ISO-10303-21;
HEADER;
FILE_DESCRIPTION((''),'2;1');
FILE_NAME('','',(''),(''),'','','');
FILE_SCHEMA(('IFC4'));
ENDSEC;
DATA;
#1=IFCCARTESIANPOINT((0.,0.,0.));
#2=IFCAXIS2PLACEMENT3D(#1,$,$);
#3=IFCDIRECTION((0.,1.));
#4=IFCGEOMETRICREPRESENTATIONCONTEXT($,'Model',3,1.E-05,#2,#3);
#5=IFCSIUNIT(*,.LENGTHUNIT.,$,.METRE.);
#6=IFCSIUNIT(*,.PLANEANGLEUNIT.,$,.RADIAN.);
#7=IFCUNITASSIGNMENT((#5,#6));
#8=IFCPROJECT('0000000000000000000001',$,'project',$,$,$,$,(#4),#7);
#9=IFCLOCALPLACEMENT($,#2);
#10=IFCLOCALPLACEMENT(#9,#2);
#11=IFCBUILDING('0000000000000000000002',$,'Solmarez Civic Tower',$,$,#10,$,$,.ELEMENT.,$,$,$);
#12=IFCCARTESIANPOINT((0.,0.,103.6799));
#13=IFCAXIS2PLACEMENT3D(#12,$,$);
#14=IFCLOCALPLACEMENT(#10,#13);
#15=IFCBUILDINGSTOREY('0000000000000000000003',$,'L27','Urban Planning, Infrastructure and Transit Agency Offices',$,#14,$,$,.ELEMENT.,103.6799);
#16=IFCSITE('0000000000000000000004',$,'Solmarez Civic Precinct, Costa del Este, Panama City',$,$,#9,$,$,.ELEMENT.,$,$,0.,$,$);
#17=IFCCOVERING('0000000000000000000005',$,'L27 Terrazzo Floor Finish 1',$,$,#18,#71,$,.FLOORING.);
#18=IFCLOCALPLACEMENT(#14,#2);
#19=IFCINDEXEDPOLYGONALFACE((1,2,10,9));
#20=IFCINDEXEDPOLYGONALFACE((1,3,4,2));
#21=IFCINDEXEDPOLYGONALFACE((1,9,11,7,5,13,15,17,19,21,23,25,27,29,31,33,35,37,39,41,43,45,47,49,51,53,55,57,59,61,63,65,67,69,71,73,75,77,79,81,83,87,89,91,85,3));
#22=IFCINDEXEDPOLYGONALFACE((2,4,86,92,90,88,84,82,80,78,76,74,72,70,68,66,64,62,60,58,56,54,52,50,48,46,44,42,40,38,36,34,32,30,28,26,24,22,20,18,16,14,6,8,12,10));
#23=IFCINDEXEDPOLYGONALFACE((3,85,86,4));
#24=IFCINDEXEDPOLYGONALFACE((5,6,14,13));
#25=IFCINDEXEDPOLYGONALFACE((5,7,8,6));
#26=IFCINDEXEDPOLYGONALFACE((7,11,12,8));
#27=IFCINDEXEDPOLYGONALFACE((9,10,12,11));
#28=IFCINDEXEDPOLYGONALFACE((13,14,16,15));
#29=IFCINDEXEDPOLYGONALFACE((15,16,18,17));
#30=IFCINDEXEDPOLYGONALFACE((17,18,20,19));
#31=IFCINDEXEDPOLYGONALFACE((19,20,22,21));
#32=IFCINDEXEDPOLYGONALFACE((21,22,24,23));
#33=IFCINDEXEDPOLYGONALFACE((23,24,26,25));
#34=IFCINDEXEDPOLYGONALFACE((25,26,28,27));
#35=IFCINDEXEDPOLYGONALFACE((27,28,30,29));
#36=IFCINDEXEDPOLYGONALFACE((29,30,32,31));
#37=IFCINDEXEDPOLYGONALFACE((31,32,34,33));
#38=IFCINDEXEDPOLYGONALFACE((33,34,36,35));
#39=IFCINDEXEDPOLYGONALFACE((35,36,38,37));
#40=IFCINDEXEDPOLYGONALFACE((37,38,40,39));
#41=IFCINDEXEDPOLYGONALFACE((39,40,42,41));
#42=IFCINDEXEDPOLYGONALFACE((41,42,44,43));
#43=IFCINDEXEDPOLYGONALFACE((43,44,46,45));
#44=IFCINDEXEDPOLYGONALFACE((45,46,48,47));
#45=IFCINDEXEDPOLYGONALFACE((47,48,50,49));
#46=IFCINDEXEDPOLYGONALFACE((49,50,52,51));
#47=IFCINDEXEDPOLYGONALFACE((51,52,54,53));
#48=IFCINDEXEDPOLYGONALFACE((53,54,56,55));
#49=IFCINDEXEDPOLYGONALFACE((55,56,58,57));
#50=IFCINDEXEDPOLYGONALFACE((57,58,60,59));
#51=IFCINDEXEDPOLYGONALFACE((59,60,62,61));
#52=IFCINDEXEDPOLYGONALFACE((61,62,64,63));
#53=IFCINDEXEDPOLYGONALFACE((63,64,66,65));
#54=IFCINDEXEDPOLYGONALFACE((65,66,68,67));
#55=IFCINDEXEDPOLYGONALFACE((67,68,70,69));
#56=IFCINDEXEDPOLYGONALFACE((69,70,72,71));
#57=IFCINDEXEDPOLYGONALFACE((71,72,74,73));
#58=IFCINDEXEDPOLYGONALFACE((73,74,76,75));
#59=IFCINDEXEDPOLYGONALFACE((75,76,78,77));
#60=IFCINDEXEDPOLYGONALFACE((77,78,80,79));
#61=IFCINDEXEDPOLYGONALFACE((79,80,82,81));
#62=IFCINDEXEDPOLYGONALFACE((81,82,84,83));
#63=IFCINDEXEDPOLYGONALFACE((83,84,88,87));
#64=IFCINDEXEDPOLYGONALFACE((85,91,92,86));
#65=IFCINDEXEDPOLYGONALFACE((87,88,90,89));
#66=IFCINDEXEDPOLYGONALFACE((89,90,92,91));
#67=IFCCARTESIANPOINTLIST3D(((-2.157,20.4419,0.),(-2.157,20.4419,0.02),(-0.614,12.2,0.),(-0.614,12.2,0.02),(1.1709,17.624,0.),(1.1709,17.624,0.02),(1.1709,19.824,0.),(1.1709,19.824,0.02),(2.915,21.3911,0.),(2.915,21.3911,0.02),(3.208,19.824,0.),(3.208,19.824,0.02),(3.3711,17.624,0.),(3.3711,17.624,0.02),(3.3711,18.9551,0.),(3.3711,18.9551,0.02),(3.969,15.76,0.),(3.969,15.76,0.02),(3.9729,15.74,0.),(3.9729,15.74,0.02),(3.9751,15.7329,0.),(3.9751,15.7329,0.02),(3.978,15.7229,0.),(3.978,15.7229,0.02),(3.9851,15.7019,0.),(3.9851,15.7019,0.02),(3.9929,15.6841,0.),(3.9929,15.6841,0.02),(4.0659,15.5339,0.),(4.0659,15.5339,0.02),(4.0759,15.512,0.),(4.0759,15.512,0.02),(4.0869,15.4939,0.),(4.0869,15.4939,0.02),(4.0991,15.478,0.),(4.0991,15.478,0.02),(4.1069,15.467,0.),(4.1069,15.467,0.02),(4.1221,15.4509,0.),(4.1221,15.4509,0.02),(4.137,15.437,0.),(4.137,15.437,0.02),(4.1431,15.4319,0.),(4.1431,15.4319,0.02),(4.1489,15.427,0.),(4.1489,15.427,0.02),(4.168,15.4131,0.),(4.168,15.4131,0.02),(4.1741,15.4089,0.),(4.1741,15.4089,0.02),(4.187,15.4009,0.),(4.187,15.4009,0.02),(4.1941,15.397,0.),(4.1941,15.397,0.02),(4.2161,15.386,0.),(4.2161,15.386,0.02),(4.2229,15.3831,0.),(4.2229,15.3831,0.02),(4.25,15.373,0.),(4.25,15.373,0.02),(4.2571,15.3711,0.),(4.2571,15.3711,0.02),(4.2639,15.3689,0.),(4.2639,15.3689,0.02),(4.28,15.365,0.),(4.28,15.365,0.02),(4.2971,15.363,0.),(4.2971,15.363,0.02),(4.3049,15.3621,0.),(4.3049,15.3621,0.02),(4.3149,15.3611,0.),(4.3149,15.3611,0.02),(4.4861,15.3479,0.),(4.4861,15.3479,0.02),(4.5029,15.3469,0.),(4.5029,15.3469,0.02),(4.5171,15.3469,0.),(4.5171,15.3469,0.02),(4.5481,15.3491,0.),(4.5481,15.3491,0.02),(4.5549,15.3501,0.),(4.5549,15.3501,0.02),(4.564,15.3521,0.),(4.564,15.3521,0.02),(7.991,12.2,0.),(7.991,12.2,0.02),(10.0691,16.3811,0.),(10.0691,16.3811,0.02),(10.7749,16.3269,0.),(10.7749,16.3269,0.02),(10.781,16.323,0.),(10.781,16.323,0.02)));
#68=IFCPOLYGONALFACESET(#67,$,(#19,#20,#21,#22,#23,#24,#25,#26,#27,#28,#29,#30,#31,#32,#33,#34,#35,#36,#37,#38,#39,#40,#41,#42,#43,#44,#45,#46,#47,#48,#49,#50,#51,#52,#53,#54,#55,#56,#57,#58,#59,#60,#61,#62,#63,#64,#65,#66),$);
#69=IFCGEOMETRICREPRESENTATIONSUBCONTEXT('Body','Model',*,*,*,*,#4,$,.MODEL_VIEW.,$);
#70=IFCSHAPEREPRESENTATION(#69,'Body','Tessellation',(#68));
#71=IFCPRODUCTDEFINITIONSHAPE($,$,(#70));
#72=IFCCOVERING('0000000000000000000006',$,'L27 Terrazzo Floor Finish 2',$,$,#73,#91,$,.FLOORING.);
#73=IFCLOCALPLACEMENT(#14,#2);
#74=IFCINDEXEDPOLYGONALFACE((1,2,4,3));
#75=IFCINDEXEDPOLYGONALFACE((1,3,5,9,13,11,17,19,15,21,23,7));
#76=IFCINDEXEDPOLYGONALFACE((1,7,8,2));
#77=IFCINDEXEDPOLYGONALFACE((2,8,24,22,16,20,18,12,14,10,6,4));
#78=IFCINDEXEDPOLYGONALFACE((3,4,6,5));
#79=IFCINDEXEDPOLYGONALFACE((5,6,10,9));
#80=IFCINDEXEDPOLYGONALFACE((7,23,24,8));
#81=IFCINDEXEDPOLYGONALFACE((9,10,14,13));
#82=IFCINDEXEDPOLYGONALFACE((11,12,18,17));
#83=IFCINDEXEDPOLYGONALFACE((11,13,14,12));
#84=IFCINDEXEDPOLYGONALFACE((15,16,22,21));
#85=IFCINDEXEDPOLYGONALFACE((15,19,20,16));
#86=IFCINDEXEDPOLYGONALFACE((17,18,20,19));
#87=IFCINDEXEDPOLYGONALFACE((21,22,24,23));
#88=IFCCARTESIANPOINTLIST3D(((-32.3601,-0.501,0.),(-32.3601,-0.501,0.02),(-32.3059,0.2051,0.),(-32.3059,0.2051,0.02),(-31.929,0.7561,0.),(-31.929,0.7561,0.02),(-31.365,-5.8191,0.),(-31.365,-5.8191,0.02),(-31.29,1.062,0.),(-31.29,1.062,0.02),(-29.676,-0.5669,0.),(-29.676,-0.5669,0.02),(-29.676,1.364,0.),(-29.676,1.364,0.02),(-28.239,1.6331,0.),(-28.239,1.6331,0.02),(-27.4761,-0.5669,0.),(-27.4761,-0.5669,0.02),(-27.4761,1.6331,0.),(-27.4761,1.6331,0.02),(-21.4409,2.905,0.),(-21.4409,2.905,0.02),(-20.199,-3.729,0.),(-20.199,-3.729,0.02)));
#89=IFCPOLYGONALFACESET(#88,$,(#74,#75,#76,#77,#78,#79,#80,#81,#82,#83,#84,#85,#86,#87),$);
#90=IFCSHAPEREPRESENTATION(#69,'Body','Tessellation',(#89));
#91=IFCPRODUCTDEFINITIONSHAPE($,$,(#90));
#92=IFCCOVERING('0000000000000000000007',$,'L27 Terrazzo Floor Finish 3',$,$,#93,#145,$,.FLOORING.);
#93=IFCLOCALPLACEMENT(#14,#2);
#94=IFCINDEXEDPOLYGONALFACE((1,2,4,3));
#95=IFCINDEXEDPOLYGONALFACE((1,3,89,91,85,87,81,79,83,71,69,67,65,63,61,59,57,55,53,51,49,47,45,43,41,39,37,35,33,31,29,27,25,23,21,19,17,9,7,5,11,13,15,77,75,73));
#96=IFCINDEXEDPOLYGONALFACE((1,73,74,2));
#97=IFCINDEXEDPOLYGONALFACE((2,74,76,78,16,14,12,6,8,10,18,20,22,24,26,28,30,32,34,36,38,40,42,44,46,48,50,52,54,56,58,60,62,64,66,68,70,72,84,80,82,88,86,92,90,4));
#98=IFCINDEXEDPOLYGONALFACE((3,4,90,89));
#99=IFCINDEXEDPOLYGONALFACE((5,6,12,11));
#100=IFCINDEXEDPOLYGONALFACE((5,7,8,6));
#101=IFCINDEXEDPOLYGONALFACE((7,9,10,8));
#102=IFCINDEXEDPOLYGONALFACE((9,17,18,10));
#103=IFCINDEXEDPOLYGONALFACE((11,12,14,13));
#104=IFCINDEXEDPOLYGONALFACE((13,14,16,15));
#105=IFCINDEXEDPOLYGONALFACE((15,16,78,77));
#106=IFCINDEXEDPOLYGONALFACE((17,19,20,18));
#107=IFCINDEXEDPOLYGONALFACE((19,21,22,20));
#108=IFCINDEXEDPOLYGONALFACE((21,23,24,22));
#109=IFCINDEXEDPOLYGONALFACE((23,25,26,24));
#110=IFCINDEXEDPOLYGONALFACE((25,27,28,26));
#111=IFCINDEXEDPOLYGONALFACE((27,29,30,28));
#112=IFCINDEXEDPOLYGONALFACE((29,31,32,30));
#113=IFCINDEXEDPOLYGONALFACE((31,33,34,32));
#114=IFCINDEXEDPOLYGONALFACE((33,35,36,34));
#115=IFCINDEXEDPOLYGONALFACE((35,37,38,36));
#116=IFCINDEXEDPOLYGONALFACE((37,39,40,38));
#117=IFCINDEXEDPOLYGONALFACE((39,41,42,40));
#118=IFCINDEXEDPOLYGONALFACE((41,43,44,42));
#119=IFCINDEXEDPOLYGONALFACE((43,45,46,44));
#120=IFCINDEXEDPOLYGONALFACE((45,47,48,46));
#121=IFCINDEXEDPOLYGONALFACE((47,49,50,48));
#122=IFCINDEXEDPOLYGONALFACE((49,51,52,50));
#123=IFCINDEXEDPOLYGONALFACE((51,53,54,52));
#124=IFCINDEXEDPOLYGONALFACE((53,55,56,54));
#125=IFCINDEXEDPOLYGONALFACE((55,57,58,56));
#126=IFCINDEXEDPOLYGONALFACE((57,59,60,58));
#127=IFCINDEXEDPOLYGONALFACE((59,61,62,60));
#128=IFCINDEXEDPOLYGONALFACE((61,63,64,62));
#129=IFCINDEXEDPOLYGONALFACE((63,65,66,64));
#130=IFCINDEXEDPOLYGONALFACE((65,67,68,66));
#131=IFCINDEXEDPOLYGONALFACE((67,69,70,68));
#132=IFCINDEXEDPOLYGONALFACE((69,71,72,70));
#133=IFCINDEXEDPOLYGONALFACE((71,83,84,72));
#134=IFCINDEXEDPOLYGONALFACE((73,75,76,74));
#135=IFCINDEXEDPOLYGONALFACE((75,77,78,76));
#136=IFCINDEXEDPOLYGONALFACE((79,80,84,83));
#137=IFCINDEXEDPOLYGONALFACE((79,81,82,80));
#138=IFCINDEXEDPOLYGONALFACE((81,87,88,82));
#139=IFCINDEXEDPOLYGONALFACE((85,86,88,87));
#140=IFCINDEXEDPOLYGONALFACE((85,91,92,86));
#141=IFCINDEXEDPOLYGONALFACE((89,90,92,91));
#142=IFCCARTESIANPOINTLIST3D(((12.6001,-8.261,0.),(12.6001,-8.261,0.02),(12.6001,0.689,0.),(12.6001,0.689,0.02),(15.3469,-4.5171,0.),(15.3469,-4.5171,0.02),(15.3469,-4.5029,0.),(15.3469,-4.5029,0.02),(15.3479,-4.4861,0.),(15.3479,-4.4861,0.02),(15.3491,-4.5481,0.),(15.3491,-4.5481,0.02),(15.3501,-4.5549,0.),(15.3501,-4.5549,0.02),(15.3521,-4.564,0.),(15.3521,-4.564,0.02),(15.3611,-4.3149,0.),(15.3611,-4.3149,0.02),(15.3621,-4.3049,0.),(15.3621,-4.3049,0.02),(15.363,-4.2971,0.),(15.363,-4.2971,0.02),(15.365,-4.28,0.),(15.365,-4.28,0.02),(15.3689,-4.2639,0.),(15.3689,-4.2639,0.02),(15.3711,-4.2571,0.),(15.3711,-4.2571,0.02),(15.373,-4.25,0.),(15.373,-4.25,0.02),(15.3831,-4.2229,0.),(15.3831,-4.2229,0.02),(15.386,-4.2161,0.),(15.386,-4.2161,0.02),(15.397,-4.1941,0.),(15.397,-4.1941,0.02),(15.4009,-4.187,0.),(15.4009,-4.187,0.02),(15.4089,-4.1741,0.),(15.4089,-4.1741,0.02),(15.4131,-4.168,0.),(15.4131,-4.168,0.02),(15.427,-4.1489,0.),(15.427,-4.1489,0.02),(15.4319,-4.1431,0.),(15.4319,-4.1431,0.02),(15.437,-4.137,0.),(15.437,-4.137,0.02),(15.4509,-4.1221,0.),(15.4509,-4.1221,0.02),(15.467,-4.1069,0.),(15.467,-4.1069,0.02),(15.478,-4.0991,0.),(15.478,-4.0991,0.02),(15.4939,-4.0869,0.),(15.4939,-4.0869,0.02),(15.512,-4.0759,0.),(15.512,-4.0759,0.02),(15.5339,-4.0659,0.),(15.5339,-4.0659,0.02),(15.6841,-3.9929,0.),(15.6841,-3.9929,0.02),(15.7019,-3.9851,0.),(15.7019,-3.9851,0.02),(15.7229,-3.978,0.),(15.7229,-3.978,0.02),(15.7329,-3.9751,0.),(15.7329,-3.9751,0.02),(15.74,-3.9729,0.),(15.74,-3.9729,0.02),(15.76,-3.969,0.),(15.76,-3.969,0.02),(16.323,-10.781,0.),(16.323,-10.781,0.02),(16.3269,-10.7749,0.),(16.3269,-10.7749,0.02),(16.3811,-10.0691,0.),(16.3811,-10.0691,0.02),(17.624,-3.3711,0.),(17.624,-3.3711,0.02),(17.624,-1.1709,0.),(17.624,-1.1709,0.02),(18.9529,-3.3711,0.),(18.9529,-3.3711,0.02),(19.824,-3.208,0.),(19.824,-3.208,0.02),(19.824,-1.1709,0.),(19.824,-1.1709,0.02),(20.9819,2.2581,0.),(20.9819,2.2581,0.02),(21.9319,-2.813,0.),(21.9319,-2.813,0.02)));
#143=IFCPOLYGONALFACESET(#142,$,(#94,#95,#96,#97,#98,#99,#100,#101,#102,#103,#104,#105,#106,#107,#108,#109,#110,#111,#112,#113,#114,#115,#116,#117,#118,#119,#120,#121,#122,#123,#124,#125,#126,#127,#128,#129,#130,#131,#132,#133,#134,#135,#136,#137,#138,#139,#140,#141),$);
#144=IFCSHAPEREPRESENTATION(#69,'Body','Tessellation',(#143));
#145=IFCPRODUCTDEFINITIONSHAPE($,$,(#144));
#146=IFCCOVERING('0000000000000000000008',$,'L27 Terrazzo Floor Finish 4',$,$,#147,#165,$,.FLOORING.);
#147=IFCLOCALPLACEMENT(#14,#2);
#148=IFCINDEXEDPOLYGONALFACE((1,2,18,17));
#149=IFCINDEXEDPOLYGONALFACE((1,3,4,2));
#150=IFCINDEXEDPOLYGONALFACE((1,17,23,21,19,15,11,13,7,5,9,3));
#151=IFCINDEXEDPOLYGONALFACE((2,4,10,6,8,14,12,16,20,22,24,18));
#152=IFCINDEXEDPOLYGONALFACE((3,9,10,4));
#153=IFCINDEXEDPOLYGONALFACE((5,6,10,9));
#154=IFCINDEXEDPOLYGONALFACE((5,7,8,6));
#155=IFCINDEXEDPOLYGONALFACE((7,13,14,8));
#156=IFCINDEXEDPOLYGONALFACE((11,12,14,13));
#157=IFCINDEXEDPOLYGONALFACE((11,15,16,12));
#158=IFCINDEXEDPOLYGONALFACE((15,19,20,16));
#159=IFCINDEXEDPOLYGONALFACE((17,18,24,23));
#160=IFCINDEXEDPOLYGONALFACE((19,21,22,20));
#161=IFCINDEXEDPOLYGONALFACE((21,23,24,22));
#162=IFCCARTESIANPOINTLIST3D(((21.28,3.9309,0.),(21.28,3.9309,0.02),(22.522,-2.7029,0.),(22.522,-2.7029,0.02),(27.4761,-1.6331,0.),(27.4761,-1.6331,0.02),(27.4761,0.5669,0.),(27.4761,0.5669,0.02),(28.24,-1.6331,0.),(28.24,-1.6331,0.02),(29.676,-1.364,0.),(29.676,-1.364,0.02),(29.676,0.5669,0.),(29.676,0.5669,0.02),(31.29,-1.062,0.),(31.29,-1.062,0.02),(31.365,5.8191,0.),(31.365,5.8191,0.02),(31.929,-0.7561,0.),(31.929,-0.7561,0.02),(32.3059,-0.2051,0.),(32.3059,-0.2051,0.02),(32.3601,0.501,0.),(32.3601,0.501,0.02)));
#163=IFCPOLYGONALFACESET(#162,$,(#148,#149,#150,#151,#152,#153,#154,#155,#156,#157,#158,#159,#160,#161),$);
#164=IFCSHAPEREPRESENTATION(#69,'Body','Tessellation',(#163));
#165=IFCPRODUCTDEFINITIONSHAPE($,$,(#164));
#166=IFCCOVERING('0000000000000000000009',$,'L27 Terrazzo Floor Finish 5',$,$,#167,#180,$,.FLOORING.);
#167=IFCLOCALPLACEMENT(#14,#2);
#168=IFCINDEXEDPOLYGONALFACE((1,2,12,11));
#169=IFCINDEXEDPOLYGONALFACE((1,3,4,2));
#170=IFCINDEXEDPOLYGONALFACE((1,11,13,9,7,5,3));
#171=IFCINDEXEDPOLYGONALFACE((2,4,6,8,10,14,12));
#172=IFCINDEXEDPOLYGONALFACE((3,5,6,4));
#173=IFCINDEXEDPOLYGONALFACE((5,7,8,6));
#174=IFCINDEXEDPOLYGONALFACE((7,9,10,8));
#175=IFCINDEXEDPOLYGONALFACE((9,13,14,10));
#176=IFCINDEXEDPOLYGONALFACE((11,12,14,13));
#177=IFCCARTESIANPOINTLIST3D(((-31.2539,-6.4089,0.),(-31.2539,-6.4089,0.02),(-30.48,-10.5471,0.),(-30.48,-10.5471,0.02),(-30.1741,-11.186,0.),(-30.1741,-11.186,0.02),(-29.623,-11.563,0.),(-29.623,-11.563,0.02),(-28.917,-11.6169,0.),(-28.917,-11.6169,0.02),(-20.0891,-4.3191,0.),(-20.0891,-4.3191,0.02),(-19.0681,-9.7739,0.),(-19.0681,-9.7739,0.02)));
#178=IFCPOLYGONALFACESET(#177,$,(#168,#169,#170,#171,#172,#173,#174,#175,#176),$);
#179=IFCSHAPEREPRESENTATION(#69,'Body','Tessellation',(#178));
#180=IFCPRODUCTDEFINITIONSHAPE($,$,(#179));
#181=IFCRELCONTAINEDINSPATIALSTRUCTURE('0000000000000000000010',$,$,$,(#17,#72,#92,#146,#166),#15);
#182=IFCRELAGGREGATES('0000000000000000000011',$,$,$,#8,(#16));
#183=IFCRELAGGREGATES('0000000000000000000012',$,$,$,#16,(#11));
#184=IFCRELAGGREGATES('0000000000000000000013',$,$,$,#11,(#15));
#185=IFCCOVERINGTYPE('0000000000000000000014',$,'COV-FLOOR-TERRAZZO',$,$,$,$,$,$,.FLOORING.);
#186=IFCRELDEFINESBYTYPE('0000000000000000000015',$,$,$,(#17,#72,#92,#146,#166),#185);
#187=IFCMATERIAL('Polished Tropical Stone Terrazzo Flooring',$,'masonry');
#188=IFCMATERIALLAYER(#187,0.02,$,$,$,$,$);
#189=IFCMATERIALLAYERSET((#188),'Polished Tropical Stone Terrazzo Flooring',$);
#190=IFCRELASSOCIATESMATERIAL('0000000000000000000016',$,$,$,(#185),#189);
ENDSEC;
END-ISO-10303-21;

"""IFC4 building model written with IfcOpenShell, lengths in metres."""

from ifc_helpers import new_model, si_unit, direction, frame, origin, place, context, subcontext, project, spatial, polyline, outline, extrude, material, layer, layer_set, type_object, element, save


model = new_model("IFC4")

# Units and contexts
model_context = context("Model", 3, precision=1e-05, world=origin(), true_north=direction((0.0, 1.0)))
body_context = subcontext(model_context, "Body", "Model", "MODEL_VIEW")
ifc_project = project(units=[si_unit("LENGTHUNIT", "METRE"), si_unit("PLANEANGLEUNIT", "RADIAN")], contexts=[model_context])

# Site, building, storey
site_placement = place(None, origin())
site = spatial("IfcSite", under=ifc_project, at=site_placement, Name="Solmarez Civic Precinct, Costa del Este, Panama City", CompositionType="ELEMENT", RefElevation=0.0)
building_placement = place(site_placement, origin())
building = spatial("IfcBuilding", under=site, at=building_placement, Name="Solmarez Civic Tower", CompositionType="ELEMENT")
storey_placement = place(building_placement, frame((0.0, 0.0, 103.6799)))
storey = spatial("IfcBuildingStorey", under=building, at=storey_placement, Name="L27", Description="Urban Planning, Infrastructure and Transit Agency Offices", CompositionType="ELEMENT", Elevation=103.6799)

# Coverings
ifc_material_1 = material(Name="Polished Tropical Stone Terrazzo Flooring", Category="masonry")
ifc_layer_1 = layer(ifc_material_1, 0.02)
ifc_layer_set_1 = layer_set([ifc_layer_1], Name="Polished Tropical Stone Terrazzo Flooring")
covering_type_1 = type_object("IfcCoveringType", Name="COV-FLOOR-TERRAZZO", PredefinedType="FLOORING", material=ifc_layer_set_1)
covering_1_placement = place(storey_placement, origin())
element("IfcCovering", 1, at=covering_1_placement, inside=storey, type_object=covering_type_1, Name="L27 Terrazzo Floor Finish 1", PredefinedType="FLOORING", context=body_context, shape_type="SweptSolid", body=[
    extrude(outline(polyline([(-0.614, 12.2), (7.991, 12.2), (10.781, 16.323), (10.7749, 16.3269), (10.0691, 16.3811), (4.564, 15.3521), (4.5549, 15.3501), (4.5481, 15.3491), (4.5171, 15.3469), (4.5029, 15.3469), (4.4861, 15.3479), (4.3149, 15.3611), (4.3049, 15.3621), (4.2971, 15.363), (4.28, 15.365), (4.2639, 15.3689), (4.2571, 15.3711), (4.25, 15.373), (4.2229, 15.3831), (4.2161, 15.386), (4.1941, 15.397), (4.187, 15.4009), (4.1741, 15.4089), (4.168, 15.4131), (4.1489, 15.427), (4.1431, 15.4319), (4.137, 15.437), (4.1221, 15.4509), (4.1069, 15.467), (4.0991, 15.478), (4.0869, 15.4939), (4.0759, 15.512), (4.0659, 15.5339), (3.9929, 15.6841), (3.9851, 15.7019), (3.978, 15.7229), (3.9751, 15.7329), (3.9729, 15.74), (3.969, 15.76), (3.3711, 18.9551), (3.3711, 17.624), (1.1709, 17.624), (1.1709, 19.824), (3.208, 19.824), (2.915, 21.3911), (-2.157, 20.4419), (-0.614, 12.2)])), origin(), (0.0, 0.0, 1.0), 0.02),
])
covering_2_placement = place(storey_placement, origin())
element("IfcCovering", 2, at=covering_2_placement, inside=storey, type_object=covering_type_1, Name="L27 Terrazzo Floor Finish 2", PredefinedType="FLOORING", context=body_context, shape_type="SweptSolid", body=[
    extrude(outline(polyline([(-21.4409, 2.905), (-28.239, 1.6331), (-27.4761, 1.6331), (-27.4761, -0.5669), (-29.676, -0.5669), (-29.676, 1.364), (-31.29, 1.062), (-31.929, 0.7561), (-32.3059, 0.2051), (-32.3601, -0.501), (-31.365, -5.8191), (-20.199, -3.729), (-21.4409, 2.905)])), origin(), (0.0, 0.0, 1.0), 0.02),
])
covering_3_placement = place(storey_placement, origin())
element("IfcCovering", 3, at=covering_3_placement, inside=storey, type_object=covering_type_1, Name="L27 Terrazzo Floor Finish 3", PredefinedType="FLOORING", context=body_context, shape_type="SweptSolid", body=[
    extrude(outline(polyline([(12.6001, 0.689), (12.6001, -8.261), (16.323, -10.781), (16.3269, -10.7749), (16.3811, -10.0691), (15.3521, -4.564), (15.3501, -4.5549), (15.3491, -4.5481), (15.3469, -4.5171), (15.3469, -4.5029), (15.3479, -4.4861), (15.3611, -4.3149), (15.3621, -4.3049), (15.363, -4.2971), (15.365, -4.28), (15.3689, -4.2639), (15.3711, -4.2571), (15.373, -4.25), (15.3831, -4.2229), (15.386, -4.2161), (15.397, -4.1941), (15.4009, -4.187), (15.4089, -4.1741), (15.4131, -4.168), (15.427, -4.1489), (15.4319, -4.1431), (15.437, -4.137), (15.4509, -4.1221), (15.467, -4.1069), (15.478, -4.0991), (15.4939, -4.0869), (15.512, -4.0759), (15.5339, -4.0659), (15.6841, -3.9929), (15.7019, -3.9851), (15.7229, -3.978), (15.7329, -3.9751), (15.74, -3.9729), (15.76, -3.969), (18.9529, -3.3711), (17.624, -3.3711), (17.624, -1.1709), (19.824, -1.1709), (19.824, -3.208), (21.9319, -2.813), (20.9819, 2.2581), (12.6001, 0.689)])), origin(), (0.0, 0.0, 1.0), 0.02),
])
covering_4_placement = place(storey_placement, origin())
element("IfcCovering", 4, at=covering_4_placement, inside=storey, type_object=covering_type_1, Name="L27 Terrazzo Floor Finish 4", PredefinedType="FLOORING", context=body_context, shape_type="SweptSolid", body=[
    extrude(outline(polyline([(22.522, -2.7029), (28.24, -1.6331), (27.4761, -1.6331), (27.4761, 0.5669), (29.676, 0.5669), (29.676, -1.364), (31.29, -1.062), (31.929, -0.7561), (32.3059, -0.2051), (32.3601, 0.501), (31.365, 5.8191), (21.28, 3.9309), (22.522, -2.7029)])), origin(), (0.0, 0.0, 1.0), 0.02),
])
covering_5_placement = place(storey_placement, origin())
element("IfcCovering", 5, at=covering_5_placement, inside=storey, type_object=covering_type_1, Name="L27 Terrazzo Floor Finish 5", PredefinedType="FLOORING", context=body_context, shape_type="SweptSolid", body=[
    extrude(outline(polyline([(-31.2539, -6.4089), (-30.48, -10.5471), (-30.1741, -11.186), (-29.623, -11.563), (-28.917, -11.6169), (-19.0681, -9.7739), (-20.0891, -4.3191), (-31.2539, -6.4089)])), origin(), (0.0, 0.0, 1.0), 0.02),
])

save(model, "model.ifc")
